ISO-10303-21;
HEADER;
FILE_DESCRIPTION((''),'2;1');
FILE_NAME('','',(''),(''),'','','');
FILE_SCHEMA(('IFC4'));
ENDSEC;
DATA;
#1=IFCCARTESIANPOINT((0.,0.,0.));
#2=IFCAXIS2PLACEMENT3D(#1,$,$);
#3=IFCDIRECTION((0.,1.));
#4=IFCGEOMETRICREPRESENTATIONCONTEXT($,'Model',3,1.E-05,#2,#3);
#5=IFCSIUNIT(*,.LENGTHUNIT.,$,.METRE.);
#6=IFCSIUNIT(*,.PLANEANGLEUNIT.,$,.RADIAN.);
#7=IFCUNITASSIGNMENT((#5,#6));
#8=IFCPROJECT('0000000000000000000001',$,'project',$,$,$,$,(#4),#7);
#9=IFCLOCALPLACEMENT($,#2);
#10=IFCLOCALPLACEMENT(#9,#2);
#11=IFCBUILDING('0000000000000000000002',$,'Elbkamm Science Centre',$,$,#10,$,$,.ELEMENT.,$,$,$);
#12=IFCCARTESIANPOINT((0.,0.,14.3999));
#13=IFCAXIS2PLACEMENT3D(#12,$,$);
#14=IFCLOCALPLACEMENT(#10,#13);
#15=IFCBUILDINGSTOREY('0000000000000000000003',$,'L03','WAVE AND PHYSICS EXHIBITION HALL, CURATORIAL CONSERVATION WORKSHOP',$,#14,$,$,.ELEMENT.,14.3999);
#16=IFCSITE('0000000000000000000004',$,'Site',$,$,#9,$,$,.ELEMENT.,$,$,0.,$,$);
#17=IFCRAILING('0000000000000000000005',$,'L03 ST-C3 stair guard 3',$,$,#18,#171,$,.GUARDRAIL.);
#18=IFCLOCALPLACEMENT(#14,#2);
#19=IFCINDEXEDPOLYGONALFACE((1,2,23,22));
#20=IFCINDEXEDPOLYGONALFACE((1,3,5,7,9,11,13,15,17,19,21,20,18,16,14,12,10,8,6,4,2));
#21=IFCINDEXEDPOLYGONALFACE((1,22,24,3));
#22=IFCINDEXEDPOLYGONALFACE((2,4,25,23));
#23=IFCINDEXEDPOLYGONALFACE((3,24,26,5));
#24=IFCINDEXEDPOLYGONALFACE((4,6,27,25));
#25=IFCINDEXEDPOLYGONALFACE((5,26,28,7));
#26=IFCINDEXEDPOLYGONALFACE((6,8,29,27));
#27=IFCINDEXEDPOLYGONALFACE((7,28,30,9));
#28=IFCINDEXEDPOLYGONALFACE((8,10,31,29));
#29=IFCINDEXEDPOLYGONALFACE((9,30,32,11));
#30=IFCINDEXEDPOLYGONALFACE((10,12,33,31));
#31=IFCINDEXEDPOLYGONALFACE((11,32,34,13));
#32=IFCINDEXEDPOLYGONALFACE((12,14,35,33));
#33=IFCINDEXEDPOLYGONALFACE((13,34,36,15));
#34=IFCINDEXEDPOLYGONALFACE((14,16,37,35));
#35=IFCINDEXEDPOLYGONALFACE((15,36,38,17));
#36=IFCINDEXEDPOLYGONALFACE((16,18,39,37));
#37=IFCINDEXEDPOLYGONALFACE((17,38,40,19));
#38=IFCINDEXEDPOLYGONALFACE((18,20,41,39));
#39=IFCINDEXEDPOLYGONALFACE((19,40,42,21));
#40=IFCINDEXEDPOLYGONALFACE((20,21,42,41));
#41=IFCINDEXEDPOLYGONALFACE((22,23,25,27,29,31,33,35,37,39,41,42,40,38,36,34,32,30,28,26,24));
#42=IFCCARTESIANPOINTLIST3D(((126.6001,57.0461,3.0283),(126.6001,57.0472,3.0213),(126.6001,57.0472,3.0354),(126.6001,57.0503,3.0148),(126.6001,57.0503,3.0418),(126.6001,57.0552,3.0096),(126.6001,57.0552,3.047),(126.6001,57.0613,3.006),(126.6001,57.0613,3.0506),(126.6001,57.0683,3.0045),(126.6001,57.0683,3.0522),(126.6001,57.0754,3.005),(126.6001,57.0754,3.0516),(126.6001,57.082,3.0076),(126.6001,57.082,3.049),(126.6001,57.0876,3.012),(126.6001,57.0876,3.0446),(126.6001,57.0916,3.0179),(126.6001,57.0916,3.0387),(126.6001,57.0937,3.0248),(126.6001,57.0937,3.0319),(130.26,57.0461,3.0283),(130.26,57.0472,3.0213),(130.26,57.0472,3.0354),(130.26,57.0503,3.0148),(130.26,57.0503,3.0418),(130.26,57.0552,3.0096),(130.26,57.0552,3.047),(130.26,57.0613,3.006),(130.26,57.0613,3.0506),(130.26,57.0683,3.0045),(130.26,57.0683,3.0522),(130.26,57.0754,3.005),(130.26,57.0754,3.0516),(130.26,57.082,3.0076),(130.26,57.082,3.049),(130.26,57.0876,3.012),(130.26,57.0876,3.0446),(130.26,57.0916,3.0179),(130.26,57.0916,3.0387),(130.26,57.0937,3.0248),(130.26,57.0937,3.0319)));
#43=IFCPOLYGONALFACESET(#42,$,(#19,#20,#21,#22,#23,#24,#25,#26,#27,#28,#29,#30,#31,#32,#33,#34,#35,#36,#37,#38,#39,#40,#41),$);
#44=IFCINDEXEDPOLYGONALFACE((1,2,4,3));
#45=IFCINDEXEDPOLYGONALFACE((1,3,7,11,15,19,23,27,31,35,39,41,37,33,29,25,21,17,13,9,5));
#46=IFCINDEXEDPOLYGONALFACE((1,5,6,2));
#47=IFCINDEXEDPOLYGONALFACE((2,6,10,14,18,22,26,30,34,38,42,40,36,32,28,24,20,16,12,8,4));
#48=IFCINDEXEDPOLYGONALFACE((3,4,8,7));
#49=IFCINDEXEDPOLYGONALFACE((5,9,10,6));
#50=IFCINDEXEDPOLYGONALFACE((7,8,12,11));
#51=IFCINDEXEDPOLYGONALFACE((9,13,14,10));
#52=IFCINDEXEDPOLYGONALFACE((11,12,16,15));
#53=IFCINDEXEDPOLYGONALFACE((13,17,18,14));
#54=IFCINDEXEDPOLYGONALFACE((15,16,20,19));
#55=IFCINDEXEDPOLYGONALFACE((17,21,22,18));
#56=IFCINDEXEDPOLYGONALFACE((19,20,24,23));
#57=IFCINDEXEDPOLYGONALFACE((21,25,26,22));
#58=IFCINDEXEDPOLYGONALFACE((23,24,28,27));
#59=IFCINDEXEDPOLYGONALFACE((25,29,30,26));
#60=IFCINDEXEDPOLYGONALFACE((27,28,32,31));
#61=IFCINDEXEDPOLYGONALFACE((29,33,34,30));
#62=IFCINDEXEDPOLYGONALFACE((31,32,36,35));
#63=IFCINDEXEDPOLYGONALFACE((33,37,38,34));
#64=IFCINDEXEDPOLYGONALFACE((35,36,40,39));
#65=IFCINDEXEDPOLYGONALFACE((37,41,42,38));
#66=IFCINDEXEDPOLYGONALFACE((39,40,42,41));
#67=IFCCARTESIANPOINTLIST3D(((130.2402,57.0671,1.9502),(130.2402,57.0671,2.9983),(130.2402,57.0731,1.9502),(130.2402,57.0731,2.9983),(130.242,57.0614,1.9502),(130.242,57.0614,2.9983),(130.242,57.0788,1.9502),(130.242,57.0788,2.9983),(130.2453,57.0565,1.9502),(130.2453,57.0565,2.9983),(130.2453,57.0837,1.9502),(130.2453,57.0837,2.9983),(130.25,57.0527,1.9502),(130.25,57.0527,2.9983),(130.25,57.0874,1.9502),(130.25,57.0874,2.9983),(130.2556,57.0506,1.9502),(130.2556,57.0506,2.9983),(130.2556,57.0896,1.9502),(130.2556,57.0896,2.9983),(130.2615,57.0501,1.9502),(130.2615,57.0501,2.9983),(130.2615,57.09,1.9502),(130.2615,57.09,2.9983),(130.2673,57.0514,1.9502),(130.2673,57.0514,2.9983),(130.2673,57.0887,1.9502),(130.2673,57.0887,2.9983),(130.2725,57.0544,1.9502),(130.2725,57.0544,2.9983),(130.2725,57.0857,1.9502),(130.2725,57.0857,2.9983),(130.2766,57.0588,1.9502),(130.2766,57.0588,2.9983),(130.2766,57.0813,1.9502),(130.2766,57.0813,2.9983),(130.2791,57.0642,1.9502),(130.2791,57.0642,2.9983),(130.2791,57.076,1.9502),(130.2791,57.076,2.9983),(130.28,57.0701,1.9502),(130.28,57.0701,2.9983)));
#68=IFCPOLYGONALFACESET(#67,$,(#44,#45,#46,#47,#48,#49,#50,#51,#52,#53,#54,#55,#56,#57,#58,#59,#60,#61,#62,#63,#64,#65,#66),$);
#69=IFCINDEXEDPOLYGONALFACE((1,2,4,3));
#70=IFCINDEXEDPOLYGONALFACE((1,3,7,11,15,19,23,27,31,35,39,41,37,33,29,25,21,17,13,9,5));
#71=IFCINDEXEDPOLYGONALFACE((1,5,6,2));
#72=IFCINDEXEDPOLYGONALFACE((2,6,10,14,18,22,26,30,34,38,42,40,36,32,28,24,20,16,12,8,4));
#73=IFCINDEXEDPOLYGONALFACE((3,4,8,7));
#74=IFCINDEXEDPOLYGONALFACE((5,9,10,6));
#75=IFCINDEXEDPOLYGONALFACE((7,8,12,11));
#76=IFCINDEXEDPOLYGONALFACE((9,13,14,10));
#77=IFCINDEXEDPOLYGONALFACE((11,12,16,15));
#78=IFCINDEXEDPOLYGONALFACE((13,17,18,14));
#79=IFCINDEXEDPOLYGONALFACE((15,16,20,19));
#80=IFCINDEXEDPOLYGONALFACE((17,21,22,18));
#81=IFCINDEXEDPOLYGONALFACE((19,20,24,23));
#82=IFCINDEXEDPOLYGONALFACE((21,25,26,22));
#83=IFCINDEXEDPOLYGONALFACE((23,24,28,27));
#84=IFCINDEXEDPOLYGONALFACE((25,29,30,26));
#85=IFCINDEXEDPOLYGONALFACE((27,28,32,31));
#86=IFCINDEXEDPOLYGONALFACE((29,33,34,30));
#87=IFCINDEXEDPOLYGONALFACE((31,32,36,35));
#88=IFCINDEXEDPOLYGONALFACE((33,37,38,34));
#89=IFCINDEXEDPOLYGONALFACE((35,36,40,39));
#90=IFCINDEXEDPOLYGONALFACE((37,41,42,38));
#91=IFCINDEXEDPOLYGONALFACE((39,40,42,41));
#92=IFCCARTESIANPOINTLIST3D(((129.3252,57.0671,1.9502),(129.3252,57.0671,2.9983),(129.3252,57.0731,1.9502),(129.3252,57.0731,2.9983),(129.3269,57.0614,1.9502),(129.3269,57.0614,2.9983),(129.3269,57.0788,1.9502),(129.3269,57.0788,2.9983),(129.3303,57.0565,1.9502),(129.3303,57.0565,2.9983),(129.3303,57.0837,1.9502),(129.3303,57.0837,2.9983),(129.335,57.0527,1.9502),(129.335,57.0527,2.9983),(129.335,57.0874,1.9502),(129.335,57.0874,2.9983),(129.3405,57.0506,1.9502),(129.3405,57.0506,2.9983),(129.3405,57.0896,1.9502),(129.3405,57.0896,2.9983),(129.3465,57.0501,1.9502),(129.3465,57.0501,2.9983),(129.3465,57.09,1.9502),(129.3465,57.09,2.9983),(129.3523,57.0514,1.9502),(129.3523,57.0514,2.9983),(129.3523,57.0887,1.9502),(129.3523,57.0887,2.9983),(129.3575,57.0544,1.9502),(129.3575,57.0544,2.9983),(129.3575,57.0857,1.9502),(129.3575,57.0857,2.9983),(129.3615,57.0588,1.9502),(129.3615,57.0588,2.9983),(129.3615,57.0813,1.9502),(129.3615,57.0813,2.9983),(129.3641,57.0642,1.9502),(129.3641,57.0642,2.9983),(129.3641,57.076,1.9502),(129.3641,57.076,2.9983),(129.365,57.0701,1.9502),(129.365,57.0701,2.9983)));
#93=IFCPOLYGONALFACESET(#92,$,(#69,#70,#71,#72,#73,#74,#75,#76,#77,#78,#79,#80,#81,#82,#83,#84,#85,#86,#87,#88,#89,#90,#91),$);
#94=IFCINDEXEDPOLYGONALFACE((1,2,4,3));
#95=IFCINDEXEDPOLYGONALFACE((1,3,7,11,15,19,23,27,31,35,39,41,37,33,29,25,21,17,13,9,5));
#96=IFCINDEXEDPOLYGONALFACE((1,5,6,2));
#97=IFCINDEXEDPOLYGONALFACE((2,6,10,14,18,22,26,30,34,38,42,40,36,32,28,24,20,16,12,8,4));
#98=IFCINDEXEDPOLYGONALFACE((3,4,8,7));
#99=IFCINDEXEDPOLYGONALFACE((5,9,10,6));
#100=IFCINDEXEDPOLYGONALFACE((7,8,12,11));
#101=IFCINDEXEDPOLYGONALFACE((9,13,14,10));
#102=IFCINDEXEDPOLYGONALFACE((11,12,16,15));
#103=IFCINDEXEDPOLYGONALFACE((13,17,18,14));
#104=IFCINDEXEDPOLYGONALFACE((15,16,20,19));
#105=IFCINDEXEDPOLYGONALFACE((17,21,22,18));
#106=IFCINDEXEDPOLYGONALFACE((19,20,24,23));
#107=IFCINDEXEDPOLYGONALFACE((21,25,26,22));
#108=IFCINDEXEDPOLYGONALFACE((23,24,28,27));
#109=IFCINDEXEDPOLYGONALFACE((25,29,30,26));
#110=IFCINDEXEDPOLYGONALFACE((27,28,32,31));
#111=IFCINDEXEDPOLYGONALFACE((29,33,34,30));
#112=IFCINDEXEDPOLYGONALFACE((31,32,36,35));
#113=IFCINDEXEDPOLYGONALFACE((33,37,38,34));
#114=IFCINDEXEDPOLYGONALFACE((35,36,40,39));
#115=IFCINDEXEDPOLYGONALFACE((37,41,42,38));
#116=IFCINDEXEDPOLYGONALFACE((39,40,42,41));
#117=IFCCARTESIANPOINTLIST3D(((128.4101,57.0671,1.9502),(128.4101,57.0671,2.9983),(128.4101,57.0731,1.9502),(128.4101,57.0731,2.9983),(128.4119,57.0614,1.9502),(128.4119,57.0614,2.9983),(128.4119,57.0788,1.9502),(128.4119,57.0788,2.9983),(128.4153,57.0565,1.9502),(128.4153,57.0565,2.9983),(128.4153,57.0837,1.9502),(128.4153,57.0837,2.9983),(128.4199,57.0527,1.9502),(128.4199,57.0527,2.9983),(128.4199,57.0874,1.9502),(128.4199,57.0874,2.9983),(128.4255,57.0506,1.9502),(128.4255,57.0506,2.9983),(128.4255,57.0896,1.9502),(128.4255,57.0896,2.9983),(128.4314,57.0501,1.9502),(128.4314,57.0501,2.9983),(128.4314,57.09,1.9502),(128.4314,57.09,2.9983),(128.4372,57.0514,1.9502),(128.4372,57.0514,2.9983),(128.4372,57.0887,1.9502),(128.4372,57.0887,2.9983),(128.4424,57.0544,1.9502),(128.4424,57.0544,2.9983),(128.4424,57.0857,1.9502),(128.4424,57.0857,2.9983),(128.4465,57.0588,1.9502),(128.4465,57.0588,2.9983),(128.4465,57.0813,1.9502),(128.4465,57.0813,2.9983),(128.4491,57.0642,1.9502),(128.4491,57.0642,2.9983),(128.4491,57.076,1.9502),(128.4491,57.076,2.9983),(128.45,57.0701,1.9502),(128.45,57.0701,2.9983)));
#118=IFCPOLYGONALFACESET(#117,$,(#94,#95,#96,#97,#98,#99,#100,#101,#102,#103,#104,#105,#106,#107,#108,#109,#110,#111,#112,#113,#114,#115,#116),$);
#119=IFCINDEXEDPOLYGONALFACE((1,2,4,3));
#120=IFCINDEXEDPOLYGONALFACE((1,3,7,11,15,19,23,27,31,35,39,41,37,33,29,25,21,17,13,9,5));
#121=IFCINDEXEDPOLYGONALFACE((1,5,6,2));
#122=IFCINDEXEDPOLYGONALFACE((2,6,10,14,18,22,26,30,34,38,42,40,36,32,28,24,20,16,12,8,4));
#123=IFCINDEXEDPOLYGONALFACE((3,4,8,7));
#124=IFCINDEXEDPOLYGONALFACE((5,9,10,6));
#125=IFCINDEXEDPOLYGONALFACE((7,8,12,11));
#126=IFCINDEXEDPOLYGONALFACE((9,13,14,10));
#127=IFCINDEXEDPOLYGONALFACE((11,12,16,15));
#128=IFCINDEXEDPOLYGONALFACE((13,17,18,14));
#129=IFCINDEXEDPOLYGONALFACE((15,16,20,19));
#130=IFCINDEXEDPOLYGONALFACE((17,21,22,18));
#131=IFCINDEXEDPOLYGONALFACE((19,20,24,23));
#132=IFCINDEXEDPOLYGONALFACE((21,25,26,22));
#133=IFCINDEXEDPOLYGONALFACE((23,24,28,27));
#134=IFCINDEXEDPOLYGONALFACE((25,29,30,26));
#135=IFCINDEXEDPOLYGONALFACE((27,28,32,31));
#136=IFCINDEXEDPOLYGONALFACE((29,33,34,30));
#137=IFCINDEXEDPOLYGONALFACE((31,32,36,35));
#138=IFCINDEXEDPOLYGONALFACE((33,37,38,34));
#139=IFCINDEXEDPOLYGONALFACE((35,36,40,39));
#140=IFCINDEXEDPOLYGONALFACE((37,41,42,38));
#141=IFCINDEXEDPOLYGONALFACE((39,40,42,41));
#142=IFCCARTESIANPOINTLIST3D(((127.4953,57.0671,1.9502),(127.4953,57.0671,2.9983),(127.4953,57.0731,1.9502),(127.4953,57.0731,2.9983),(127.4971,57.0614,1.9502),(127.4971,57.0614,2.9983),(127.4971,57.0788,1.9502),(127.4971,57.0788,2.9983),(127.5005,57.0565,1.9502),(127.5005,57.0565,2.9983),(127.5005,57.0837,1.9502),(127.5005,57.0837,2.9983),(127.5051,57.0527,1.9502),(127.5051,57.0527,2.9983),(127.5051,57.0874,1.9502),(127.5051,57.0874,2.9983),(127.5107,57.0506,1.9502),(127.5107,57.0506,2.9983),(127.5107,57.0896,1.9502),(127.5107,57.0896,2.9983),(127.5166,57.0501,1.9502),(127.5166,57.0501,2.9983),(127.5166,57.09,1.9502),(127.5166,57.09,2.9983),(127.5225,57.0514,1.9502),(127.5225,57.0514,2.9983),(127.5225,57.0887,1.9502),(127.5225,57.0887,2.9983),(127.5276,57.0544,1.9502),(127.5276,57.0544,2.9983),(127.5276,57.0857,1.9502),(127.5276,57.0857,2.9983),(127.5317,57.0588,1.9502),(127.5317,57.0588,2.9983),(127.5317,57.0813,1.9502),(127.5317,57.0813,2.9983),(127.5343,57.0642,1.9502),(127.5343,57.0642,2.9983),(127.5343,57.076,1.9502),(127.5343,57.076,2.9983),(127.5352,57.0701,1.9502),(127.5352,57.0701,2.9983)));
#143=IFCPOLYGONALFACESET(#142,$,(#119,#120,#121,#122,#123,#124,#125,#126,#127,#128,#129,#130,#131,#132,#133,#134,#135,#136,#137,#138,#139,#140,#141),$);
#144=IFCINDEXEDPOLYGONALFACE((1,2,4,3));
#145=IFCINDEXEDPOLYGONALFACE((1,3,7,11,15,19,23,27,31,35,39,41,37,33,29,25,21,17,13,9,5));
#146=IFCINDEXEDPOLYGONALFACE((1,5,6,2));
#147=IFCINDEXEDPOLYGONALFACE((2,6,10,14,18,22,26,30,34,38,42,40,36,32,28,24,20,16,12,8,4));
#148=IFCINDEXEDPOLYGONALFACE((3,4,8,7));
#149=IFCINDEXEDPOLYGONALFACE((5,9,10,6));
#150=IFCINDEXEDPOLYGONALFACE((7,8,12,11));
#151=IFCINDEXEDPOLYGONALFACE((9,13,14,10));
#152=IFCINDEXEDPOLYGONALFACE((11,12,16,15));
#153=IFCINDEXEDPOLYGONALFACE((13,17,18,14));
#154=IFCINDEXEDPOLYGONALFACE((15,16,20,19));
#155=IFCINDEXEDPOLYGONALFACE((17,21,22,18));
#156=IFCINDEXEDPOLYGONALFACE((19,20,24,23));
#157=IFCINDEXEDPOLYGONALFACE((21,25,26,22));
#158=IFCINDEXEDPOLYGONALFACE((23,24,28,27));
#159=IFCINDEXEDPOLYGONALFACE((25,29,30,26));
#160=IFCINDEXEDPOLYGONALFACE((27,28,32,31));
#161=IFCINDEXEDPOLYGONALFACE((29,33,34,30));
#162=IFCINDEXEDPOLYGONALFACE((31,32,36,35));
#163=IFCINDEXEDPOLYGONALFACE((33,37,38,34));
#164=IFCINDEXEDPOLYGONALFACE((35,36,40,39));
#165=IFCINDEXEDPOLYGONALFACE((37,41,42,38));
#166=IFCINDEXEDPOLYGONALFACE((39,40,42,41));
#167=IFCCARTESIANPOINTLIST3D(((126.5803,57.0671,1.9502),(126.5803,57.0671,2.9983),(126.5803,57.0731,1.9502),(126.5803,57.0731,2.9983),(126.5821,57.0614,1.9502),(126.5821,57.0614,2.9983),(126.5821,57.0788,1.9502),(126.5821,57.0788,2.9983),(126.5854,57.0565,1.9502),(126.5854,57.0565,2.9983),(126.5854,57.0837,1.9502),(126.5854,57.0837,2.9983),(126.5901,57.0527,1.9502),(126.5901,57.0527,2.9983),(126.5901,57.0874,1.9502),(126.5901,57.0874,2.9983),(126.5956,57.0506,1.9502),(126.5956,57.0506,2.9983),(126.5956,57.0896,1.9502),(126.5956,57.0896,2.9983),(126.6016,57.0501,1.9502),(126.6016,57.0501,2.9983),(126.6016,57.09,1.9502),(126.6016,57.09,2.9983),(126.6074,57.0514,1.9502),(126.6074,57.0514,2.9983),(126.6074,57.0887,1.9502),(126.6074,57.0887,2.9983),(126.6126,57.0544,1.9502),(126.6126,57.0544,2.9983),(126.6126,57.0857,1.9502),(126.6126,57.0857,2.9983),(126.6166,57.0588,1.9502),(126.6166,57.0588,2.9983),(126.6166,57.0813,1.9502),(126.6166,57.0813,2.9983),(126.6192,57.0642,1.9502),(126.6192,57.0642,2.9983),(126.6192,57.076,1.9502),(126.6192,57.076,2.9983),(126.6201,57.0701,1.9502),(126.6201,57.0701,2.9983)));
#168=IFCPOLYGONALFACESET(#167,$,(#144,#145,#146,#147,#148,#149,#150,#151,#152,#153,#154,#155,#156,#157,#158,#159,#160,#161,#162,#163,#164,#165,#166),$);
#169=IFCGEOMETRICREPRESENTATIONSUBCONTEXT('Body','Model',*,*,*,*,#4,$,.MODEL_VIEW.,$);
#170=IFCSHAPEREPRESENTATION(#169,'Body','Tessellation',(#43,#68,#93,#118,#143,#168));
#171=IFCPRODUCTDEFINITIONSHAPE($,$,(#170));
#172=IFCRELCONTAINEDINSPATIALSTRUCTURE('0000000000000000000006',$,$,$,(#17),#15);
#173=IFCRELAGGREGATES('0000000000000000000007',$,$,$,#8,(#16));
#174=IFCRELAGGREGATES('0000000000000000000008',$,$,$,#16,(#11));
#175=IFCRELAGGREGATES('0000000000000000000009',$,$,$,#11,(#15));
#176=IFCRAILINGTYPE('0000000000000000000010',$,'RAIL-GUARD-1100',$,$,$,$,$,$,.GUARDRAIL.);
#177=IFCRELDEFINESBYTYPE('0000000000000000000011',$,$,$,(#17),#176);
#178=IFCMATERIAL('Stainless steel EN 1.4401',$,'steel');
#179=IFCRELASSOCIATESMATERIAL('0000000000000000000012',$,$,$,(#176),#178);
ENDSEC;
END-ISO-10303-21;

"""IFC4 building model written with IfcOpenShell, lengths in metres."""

from ifc_helpers import new_model, si_unit, direction, frame, origin, origin_2d, place, context, subcontext, project, spatial, circle, extrude, material, type_object, element, save


model = new_model("IFC4")

# Units and contexts
model_context = context("Model", 3, precision=1e-05, world=origin(), true_north=direction((0.0, 1.0)))
body_context = subcontext(model_context, "Body", "Model", "MODEL_VIEW")
ifc_project = project(units=[si_unit("LENGTHUNIT", "METRE"), si_unit("PLANEANGLEUNIT", "RADIAN")], contexts=[model_context])

# Site, building, storey
site_placement = place(None, origin())
site = spatial("IfcSite", under=ifc_project, at=site_placement, Name="Site", CompositionType="ELEMENT", RefElevation=0.0)
building_placement = place(site_placement, origin())
building = spatial("IfcBuilding", under=site, at=building_placement, Name="Elbkamm Science Centre", CompositionType="ELEMENT")
storey_placement = place(building_placement, frame((0.0, 0.0, 14.3999)))
storey = spatial("IfcBuildingStorey", under=building, at=storey_placement, Name="L03", Description="WAVE AND PHYSICS EXHIBITION HALL, CURATORIAL CONSERVATION WORKSHOP", CompositionType="ELEMENT", Elevation=14.3999)

# Railing
ifc_material_1 = material(Name="Stainless steel EN 1.4401", Category="steel")
railing_type_1 = type_object("IfcRailingType", Name="RAIL-GUARD-1100", PredefinedType="GUARDRAIL", material=ifc_material_1)
railing_1_placement = place(storey_placement, frame((130.26, 57.0701, 1.9502)))
element("IfcRailing", 1, at=railing_1_placement, inside=storey, type_object=railing_type_1, Name="L03 ST-C3 stair guard 3", PredefinedType="GUARDRAIL", context=body_context, shape_type="SweptSolid", body=[
    extrude(circle(Radius=0.0239, at=origin_2d()), frame((0.0, 0.0, 1.0781), z_axis=(-1.0, 0.0, 0.0), x_axis=(0.0, -1.0, 0.0)), (0.0, 0.0, 1.0), 3.6599),
    extrude(circle(Radius=0.02, at=origin_2d()), origin(), (0.0, 0.0, 1.0), 1.0481),
    extrude(circle(Radius=0.02, at=origin_2d()), frame((-0.915, 0.0, 0.0)), (0.0, 0.0, 1.0), 1.0481),
    extrude(circle(Radius=0.02, at=origin_2d()), frame((-1.8301, 0.0, 0.0)), (0.0, 0.0, 1.0), 1.0481),
    extrude(circle(Radius=0.02, at=origin_2d()), frame((-2.7449, 0.0, 0.0)), (0.0, 0.0, 1.0), 1.0481),
    extrude(circle(Radius=0.02, at=origin_2d()), frame((-3.6599, 0.0, 0.0)), (0.0, 0.0, 1.0), 1.0481),
])

save(model, "model.ifc")
